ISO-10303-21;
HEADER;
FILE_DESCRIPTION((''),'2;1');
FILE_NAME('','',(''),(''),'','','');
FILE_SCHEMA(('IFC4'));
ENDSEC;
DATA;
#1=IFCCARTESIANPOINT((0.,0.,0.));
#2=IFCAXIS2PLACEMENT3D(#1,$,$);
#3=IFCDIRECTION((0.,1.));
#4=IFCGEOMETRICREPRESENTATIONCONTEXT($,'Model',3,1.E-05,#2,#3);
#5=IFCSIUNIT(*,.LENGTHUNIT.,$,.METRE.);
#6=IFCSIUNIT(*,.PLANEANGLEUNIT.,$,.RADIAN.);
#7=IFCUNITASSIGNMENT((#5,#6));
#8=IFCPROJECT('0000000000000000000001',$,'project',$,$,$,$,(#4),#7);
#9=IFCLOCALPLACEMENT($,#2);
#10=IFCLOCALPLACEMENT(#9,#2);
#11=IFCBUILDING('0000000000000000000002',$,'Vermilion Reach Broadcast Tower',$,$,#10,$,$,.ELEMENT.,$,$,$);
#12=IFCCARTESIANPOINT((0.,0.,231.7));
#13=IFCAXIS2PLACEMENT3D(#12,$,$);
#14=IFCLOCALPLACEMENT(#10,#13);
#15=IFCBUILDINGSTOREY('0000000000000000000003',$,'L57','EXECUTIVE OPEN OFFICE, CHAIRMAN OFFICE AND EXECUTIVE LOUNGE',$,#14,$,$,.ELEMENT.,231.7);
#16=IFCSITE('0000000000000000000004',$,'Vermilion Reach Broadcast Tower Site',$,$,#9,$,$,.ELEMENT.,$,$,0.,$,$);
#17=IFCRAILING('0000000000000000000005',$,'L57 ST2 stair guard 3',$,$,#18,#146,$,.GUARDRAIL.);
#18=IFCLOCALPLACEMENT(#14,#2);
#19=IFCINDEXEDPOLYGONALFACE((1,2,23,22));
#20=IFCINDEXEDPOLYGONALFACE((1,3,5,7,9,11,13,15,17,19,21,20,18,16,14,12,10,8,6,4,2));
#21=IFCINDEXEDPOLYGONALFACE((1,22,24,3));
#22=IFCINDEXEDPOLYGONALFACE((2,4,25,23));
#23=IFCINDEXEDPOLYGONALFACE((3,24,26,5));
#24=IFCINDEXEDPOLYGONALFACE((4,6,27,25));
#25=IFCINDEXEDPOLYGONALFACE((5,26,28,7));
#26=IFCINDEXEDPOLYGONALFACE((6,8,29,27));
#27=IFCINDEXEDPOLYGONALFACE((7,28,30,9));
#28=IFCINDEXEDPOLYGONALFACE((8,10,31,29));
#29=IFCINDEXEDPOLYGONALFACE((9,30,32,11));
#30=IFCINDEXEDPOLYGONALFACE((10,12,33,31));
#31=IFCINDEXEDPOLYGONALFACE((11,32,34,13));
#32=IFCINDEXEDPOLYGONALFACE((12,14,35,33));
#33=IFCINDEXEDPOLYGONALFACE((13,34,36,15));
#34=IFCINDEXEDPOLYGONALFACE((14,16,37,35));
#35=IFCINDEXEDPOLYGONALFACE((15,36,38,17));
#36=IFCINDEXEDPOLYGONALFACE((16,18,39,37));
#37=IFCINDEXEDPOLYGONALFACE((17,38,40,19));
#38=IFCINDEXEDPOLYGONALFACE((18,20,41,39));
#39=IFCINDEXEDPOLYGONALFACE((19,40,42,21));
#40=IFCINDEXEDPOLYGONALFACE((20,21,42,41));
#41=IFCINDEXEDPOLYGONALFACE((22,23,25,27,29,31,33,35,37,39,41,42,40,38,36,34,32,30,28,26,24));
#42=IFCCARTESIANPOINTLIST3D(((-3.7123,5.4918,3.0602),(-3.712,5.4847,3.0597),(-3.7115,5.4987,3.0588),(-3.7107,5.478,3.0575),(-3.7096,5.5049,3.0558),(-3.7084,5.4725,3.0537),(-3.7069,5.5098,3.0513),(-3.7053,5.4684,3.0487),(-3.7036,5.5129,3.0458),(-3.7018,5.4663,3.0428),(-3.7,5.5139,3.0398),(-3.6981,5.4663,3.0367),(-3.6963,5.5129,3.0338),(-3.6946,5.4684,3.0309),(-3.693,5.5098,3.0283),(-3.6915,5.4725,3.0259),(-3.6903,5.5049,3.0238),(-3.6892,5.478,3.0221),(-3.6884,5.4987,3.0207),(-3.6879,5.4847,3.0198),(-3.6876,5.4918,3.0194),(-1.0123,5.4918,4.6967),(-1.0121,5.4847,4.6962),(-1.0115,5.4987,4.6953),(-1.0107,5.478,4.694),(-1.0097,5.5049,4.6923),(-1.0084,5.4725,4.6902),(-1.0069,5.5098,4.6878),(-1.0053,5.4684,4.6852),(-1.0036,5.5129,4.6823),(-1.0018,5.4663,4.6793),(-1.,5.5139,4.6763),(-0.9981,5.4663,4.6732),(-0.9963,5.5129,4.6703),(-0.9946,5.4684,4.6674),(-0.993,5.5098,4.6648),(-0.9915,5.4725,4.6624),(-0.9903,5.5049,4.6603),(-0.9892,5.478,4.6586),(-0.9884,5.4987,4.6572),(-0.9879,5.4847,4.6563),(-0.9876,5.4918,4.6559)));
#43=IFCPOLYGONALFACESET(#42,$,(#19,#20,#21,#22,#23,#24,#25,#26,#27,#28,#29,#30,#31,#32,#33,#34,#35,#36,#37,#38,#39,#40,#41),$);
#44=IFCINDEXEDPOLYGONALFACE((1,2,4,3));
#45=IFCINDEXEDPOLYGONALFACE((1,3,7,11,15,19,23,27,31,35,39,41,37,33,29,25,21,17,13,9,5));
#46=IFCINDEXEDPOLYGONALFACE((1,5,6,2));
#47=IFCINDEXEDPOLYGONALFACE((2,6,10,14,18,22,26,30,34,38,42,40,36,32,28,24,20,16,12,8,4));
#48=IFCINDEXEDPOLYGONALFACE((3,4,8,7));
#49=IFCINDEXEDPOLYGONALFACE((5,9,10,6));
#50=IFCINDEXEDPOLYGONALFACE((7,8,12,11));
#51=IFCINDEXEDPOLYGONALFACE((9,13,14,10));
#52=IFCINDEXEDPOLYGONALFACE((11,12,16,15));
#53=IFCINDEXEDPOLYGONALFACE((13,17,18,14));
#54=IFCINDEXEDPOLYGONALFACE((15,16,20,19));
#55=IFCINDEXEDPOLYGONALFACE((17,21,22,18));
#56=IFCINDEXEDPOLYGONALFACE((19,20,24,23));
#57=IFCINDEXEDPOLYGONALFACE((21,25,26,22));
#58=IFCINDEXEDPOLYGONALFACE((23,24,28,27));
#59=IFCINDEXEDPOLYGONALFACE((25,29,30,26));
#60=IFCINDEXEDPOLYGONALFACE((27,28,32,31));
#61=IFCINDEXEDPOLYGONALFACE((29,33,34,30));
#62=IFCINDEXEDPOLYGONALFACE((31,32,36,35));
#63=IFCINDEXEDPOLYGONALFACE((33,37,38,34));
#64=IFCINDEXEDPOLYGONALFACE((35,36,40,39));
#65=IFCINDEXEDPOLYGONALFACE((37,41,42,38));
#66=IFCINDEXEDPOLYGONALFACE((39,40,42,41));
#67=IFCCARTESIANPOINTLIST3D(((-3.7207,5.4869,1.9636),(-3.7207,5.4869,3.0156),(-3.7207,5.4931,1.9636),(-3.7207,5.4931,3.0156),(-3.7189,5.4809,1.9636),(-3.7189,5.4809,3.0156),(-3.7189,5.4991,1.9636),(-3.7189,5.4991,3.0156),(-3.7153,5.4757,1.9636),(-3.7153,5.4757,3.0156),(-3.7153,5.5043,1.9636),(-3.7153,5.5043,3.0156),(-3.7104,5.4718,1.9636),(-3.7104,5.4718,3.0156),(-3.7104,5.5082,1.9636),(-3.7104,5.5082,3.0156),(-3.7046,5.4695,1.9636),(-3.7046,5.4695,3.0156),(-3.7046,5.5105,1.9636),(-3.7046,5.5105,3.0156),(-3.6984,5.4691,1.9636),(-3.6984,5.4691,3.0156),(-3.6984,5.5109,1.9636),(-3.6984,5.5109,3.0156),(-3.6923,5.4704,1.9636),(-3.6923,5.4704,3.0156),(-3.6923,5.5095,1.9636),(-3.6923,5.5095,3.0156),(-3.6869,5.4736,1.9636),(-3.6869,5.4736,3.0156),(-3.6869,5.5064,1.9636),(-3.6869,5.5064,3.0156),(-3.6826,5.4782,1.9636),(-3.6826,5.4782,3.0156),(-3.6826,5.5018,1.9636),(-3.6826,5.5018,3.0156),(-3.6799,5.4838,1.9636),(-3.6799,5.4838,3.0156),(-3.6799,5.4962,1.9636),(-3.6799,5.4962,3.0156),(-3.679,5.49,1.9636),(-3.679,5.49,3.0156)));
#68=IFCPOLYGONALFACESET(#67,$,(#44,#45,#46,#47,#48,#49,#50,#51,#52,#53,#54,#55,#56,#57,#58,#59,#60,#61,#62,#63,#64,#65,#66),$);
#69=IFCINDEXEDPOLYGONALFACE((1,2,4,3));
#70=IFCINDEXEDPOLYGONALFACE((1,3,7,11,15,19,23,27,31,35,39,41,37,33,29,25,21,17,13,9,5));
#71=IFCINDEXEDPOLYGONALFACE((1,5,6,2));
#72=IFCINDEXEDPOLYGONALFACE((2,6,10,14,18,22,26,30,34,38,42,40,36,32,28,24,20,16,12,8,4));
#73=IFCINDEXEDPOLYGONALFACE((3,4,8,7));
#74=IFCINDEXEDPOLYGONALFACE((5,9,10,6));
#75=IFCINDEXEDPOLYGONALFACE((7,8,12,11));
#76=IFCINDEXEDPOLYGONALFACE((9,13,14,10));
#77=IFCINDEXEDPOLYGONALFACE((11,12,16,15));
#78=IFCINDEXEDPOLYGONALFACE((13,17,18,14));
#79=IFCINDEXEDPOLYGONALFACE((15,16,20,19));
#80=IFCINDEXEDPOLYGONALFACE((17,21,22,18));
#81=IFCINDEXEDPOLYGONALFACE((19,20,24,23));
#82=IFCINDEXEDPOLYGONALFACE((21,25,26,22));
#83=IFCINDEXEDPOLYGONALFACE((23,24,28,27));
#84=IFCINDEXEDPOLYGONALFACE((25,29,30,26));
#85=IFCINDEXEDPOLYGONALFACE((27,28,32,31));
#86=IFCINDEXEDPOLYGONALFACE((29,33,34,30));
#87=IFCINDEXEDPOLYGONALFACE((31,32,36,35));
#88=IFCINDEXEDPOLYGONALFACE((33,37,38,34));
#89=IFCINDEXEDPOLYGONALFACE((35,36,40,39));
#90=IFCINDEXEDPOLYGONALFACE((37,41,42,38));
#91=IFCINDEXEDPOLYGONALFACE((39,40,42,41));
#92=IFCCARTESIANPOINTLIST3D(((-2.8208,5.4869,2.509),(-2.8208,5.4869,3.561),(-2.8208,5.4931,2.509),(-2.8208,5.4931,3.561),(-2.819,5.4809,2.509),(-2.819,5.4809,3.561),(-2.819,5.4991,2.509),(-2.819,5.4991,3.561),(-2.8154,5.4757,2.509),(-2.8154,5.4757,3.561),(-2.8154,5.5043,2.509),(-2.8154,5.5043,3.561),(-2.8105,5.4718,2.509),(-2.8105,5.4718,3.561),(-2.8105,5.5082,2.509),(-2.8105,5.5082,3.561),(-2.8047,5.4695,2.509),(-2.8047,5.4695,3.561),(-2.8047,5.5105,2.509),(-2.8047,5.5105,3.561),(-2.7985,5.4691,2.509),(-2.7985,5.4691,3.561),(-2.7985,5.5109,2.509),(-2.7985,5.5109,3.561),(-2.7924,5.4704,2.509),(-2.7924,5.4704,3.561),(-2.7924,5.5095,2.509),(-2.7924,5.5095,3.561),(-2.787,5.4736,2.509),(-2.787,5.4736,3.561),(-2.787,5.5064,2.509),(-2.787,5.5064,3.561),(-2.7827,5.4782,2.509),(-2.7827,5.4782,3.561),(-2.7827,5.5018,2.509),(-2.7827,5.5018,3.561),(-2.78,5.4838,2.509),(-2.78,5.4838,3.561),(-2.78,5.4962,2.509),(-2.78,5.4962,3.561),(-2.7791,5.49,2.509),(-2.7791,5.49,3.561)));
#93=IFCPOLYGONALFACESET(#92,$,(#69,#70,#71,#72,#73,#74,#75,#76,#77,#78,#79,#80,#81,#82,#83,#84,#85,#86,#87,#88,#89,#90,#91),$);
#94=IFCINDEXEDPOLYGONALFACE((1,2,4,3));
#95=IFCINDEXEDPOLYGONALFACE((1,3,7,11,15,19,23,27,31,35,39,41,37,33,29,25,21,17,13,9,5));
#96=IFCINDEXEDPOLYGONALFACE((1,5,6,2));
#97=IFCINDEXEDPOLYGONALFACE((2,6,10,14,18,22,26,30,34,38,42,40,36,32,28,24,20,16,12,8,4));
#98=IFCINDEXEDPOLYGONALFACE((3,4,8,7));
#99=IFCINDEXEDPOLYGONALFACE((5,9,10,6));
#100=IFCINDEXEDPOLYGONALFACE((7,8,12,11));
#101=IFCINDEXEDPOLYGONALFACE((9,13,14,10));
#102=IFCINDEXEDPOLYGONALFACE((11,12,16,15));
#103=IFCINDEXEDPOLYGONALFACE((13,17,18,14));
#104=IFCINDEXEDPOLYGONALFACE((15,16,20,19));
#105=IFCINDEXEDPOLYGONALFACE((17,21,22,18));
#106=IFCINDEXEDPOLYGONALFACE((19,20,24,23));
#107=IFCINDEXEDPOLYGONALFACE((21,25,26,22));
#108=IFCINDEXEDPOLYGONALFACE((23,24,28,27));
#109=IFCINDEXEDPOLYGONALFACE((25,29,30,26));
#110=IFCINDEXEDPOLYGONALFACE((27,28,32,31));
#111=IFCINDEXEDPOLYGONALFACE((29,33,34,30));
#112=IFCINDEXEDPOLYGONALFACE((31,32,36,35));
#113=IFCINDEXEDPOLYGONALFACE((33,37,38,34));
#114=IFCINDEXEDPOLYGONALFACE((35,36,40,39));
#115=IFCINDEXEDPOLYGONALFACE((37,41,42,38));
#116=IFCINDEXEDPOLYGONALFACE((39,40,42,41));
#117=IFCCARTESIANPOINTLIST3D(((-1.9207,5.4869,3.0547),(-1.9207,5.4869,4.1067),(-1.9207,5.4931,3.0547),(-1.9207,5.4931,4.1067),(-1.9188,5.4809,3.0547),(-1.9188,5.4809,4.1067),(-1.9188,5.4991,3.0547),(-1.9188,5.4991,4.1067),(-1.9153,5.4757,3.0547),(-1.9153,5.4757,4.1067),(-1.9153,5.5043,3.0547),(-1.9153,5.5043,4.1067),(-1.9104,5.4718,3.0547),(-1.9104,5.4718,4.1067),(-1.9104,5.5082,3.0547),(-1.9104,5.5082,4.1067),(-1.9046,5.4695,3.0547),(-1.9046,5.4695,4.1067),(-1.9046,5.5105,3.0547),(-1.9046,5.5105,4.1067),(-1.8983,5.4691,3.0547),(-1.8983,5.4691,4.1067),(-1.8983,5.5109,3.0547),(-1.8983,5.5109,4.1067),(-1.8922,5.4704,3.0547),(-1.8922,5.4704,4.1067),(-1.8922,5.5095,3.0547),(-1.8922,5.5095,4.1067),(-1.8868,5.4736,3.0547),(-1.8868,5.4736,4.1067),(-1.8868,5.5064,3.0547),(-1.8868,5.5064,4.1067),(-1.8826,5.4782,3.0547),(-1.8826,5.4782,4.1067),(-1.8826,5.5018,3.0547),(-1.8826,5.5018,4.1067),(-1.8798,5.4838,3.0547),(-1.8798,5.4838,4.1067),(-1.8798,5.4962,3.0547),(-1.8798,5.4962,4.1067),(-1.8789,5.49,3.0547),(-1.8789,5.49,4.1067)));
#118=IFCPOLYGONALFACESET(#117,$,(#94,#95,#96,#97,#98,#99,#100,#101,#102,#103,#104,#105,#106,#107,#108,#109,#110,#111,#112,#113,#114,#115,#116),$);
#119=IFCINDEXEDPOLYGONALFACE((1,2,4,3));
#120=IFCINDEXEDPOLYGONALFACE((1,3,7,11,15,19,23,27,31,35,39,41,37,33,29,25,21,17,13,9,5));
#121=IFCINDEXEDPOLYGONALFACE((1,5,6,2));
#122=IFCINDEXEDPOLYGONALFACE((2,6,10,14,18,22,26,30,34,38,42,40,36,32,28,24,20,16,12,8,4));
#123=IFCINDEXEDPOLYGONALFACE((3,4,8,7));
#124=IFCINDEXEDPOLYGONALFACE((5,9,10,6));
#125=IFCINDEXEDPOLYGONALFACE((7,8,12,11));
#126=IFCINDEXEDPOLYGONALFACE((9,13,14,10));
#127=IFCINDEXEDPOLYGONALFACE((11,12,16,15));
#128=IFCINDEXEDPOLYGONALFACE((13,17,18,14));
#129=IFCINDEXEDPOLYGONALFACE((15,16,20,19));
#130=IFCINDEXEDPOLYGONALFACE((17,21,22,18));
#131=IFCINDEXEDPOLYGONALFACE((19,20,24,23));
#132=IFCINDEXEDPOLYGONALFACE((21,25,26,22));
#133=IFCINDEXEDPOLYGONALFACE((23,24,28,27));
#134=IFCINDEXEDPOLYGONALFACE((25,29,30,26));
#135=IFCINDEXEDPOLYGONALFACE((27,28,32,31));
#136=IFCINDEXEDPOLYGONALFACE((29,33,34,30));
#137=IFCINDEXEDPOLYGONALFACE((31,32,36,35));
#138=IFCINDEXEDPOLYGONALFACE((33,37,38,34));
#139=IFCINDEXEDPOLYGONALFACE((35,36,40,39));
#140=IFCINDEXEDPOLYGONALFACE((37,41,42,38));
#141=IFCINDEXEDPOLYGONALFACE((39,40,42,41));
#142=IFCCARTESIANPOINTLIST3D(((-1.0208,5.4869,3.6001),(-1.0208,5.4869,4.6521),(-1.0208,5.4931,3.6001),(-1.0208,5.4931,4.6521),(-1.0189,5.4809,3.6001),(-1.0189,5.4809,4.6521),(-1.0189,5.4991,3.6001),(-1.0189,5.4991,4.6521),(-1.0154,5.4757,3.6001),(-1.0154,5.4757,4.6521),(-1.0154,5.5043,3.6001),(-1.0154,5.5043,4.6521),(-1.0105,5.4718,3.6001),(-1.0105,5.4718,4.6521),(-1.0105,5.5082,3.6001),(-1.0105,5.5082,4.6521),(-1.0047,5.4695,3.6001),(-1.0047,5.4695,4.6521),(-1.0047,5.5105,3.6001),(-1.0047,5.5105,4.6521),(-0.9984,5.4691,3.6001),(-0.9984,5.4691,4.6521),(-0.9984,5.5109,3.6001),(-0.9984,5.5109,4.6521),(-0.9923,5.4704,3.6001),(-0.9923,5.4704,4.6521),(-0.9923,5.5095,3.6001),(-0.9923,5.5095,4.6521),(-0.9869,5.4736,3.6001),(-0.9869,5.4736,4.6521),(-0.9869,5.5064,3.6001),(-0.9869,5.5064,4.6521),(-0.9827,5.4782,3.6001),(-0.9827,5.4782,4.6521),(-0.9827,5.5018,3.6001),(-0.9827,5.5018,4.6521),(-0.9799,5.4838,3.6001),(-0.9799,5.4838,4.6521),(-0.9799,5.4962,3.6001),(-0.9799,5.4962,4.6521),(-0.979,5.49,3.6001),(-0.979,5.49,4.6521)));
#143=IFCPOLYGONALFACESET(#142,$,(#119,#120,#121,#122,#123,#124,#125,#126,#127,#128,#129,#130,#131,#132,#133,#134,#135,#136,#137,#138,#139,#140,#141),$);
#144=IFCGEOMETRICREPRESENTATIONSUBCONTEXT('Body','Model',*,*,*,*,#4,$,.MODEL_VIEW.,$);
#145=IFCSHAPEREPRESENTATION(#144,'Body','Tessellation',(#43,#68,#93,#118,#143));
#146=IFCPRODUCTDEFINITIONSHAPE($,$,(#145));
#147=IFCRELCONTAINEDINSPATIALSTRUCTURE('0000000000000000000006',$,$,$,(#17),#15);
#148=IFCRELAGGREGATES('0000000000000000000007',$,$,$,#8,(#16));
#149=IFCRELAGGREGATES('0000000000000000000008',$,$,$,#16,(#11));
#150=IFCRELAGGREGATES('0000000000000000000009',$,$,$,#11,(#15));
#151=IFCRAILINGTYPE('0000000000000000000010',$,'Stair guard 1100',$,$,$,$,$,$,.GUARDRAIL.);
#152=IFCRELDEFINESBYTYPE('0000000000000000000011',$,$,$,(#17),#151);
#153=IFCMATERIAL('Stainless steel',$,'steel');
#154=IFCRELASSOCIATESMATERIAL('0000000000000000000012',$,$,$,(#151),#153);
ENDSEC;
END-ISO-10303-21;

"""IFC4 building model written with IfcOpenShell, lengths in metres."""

from ifc_helpers import new_model, si_unit, direction, frame, origin, origin_2d, place, context, subcontext, project, spatial, circle, extrude, material, type_object, element, save


model = new_model("IFC4")

# Units and contexts
model_context = context("Model", 3, precision=1e-05, world=origin(), true_north=direction((0.0, 1.0)))
body_context = subcontext(model_context, "Body", "Model", "MODEL_VIEW")
ifc_project = project(units=[si_unit("LENGTHUNIT", "METRE"), si_unit("PLANEANGLEUNIT", "RADIAN")], contexts=[model_context])

# Site, building, storey
site_placement = place(None, origin())
site = spatial("IfcSite", under=ifc_project, at=site_placement, Name="Vermilion Reach Broadcast Tower Site", CompositionType="ELEMENT", RefElevation=0.0)
building_placement = place(site_placement, origin())
building = spatial("IfcBuilding", under=site, at=building_placement, Name="Vermilion Reach Broadcast Tower", CompositionType="ELEMENT")
storey_placement = place(building_placement, frame((0.0, 0.0, 231.7)))
storey = spatial("IfcBuildingStorey", under=building, at=storey_placement, Name="L57", Description="EXECUTIVE OPEN OFFICE, CHAIRMAN OFFICE AND EXECUTIVE LOUNGE", CompositionType="ELEMENT", Elevation=231.7)

# Railing
ifc_material_1 = material(Name="Stainless steel", Category="steel")
railing_type_1 = type_object("IfcRailingType", Name="Stair guard 1100", PredefinedType="GUARDRAIL", material=ifc_material_1)
railing_1_placement = place(storey_placement, frame((-3.7, 5.49, 1.9636)))
element("IfcRailing", 1, at=railing_1_placement, inside=storey, type_object=railing_type_1, Name="L57 ST2 stair guard 3", PredefinedType="GUARDRAIL", context=body_context, shape_type="SweptSolid", body=[
    extrude(circle(Radius=0.0239, at=origin_2d()), frame((0.0, 0.0, 1.0762), z_axis=(0.855178, 0.0, 0.518334), x_axis=(0.0, 1.0, 0.0)), (0.0, 0.0, 1.0), 3.1572),
    extrude(circle(Radius=0.021, at=origin_2d()), origin(), (0.0, 0.0, 1.0), 1.052),
    extrude(circle(Radius=0.021, at=origin_2d()), frame((0.8999, 0.0, 0.5454)), (0.0, 0.0, 1.0), 1.052),
    extrude(circle(Radius=0.021, at=origin_2d()), frame((1.8, 0.0, 1.0911)), (0.0, 0.0, 1.0), 1.052),
    extrude(circle(Radius=0.021, at=origin_2d()), frame((2.7, 0.0, 1.6365)), (0.0, 0.0, 1.0), 1.052),
])

save(model, "model.ifc")
